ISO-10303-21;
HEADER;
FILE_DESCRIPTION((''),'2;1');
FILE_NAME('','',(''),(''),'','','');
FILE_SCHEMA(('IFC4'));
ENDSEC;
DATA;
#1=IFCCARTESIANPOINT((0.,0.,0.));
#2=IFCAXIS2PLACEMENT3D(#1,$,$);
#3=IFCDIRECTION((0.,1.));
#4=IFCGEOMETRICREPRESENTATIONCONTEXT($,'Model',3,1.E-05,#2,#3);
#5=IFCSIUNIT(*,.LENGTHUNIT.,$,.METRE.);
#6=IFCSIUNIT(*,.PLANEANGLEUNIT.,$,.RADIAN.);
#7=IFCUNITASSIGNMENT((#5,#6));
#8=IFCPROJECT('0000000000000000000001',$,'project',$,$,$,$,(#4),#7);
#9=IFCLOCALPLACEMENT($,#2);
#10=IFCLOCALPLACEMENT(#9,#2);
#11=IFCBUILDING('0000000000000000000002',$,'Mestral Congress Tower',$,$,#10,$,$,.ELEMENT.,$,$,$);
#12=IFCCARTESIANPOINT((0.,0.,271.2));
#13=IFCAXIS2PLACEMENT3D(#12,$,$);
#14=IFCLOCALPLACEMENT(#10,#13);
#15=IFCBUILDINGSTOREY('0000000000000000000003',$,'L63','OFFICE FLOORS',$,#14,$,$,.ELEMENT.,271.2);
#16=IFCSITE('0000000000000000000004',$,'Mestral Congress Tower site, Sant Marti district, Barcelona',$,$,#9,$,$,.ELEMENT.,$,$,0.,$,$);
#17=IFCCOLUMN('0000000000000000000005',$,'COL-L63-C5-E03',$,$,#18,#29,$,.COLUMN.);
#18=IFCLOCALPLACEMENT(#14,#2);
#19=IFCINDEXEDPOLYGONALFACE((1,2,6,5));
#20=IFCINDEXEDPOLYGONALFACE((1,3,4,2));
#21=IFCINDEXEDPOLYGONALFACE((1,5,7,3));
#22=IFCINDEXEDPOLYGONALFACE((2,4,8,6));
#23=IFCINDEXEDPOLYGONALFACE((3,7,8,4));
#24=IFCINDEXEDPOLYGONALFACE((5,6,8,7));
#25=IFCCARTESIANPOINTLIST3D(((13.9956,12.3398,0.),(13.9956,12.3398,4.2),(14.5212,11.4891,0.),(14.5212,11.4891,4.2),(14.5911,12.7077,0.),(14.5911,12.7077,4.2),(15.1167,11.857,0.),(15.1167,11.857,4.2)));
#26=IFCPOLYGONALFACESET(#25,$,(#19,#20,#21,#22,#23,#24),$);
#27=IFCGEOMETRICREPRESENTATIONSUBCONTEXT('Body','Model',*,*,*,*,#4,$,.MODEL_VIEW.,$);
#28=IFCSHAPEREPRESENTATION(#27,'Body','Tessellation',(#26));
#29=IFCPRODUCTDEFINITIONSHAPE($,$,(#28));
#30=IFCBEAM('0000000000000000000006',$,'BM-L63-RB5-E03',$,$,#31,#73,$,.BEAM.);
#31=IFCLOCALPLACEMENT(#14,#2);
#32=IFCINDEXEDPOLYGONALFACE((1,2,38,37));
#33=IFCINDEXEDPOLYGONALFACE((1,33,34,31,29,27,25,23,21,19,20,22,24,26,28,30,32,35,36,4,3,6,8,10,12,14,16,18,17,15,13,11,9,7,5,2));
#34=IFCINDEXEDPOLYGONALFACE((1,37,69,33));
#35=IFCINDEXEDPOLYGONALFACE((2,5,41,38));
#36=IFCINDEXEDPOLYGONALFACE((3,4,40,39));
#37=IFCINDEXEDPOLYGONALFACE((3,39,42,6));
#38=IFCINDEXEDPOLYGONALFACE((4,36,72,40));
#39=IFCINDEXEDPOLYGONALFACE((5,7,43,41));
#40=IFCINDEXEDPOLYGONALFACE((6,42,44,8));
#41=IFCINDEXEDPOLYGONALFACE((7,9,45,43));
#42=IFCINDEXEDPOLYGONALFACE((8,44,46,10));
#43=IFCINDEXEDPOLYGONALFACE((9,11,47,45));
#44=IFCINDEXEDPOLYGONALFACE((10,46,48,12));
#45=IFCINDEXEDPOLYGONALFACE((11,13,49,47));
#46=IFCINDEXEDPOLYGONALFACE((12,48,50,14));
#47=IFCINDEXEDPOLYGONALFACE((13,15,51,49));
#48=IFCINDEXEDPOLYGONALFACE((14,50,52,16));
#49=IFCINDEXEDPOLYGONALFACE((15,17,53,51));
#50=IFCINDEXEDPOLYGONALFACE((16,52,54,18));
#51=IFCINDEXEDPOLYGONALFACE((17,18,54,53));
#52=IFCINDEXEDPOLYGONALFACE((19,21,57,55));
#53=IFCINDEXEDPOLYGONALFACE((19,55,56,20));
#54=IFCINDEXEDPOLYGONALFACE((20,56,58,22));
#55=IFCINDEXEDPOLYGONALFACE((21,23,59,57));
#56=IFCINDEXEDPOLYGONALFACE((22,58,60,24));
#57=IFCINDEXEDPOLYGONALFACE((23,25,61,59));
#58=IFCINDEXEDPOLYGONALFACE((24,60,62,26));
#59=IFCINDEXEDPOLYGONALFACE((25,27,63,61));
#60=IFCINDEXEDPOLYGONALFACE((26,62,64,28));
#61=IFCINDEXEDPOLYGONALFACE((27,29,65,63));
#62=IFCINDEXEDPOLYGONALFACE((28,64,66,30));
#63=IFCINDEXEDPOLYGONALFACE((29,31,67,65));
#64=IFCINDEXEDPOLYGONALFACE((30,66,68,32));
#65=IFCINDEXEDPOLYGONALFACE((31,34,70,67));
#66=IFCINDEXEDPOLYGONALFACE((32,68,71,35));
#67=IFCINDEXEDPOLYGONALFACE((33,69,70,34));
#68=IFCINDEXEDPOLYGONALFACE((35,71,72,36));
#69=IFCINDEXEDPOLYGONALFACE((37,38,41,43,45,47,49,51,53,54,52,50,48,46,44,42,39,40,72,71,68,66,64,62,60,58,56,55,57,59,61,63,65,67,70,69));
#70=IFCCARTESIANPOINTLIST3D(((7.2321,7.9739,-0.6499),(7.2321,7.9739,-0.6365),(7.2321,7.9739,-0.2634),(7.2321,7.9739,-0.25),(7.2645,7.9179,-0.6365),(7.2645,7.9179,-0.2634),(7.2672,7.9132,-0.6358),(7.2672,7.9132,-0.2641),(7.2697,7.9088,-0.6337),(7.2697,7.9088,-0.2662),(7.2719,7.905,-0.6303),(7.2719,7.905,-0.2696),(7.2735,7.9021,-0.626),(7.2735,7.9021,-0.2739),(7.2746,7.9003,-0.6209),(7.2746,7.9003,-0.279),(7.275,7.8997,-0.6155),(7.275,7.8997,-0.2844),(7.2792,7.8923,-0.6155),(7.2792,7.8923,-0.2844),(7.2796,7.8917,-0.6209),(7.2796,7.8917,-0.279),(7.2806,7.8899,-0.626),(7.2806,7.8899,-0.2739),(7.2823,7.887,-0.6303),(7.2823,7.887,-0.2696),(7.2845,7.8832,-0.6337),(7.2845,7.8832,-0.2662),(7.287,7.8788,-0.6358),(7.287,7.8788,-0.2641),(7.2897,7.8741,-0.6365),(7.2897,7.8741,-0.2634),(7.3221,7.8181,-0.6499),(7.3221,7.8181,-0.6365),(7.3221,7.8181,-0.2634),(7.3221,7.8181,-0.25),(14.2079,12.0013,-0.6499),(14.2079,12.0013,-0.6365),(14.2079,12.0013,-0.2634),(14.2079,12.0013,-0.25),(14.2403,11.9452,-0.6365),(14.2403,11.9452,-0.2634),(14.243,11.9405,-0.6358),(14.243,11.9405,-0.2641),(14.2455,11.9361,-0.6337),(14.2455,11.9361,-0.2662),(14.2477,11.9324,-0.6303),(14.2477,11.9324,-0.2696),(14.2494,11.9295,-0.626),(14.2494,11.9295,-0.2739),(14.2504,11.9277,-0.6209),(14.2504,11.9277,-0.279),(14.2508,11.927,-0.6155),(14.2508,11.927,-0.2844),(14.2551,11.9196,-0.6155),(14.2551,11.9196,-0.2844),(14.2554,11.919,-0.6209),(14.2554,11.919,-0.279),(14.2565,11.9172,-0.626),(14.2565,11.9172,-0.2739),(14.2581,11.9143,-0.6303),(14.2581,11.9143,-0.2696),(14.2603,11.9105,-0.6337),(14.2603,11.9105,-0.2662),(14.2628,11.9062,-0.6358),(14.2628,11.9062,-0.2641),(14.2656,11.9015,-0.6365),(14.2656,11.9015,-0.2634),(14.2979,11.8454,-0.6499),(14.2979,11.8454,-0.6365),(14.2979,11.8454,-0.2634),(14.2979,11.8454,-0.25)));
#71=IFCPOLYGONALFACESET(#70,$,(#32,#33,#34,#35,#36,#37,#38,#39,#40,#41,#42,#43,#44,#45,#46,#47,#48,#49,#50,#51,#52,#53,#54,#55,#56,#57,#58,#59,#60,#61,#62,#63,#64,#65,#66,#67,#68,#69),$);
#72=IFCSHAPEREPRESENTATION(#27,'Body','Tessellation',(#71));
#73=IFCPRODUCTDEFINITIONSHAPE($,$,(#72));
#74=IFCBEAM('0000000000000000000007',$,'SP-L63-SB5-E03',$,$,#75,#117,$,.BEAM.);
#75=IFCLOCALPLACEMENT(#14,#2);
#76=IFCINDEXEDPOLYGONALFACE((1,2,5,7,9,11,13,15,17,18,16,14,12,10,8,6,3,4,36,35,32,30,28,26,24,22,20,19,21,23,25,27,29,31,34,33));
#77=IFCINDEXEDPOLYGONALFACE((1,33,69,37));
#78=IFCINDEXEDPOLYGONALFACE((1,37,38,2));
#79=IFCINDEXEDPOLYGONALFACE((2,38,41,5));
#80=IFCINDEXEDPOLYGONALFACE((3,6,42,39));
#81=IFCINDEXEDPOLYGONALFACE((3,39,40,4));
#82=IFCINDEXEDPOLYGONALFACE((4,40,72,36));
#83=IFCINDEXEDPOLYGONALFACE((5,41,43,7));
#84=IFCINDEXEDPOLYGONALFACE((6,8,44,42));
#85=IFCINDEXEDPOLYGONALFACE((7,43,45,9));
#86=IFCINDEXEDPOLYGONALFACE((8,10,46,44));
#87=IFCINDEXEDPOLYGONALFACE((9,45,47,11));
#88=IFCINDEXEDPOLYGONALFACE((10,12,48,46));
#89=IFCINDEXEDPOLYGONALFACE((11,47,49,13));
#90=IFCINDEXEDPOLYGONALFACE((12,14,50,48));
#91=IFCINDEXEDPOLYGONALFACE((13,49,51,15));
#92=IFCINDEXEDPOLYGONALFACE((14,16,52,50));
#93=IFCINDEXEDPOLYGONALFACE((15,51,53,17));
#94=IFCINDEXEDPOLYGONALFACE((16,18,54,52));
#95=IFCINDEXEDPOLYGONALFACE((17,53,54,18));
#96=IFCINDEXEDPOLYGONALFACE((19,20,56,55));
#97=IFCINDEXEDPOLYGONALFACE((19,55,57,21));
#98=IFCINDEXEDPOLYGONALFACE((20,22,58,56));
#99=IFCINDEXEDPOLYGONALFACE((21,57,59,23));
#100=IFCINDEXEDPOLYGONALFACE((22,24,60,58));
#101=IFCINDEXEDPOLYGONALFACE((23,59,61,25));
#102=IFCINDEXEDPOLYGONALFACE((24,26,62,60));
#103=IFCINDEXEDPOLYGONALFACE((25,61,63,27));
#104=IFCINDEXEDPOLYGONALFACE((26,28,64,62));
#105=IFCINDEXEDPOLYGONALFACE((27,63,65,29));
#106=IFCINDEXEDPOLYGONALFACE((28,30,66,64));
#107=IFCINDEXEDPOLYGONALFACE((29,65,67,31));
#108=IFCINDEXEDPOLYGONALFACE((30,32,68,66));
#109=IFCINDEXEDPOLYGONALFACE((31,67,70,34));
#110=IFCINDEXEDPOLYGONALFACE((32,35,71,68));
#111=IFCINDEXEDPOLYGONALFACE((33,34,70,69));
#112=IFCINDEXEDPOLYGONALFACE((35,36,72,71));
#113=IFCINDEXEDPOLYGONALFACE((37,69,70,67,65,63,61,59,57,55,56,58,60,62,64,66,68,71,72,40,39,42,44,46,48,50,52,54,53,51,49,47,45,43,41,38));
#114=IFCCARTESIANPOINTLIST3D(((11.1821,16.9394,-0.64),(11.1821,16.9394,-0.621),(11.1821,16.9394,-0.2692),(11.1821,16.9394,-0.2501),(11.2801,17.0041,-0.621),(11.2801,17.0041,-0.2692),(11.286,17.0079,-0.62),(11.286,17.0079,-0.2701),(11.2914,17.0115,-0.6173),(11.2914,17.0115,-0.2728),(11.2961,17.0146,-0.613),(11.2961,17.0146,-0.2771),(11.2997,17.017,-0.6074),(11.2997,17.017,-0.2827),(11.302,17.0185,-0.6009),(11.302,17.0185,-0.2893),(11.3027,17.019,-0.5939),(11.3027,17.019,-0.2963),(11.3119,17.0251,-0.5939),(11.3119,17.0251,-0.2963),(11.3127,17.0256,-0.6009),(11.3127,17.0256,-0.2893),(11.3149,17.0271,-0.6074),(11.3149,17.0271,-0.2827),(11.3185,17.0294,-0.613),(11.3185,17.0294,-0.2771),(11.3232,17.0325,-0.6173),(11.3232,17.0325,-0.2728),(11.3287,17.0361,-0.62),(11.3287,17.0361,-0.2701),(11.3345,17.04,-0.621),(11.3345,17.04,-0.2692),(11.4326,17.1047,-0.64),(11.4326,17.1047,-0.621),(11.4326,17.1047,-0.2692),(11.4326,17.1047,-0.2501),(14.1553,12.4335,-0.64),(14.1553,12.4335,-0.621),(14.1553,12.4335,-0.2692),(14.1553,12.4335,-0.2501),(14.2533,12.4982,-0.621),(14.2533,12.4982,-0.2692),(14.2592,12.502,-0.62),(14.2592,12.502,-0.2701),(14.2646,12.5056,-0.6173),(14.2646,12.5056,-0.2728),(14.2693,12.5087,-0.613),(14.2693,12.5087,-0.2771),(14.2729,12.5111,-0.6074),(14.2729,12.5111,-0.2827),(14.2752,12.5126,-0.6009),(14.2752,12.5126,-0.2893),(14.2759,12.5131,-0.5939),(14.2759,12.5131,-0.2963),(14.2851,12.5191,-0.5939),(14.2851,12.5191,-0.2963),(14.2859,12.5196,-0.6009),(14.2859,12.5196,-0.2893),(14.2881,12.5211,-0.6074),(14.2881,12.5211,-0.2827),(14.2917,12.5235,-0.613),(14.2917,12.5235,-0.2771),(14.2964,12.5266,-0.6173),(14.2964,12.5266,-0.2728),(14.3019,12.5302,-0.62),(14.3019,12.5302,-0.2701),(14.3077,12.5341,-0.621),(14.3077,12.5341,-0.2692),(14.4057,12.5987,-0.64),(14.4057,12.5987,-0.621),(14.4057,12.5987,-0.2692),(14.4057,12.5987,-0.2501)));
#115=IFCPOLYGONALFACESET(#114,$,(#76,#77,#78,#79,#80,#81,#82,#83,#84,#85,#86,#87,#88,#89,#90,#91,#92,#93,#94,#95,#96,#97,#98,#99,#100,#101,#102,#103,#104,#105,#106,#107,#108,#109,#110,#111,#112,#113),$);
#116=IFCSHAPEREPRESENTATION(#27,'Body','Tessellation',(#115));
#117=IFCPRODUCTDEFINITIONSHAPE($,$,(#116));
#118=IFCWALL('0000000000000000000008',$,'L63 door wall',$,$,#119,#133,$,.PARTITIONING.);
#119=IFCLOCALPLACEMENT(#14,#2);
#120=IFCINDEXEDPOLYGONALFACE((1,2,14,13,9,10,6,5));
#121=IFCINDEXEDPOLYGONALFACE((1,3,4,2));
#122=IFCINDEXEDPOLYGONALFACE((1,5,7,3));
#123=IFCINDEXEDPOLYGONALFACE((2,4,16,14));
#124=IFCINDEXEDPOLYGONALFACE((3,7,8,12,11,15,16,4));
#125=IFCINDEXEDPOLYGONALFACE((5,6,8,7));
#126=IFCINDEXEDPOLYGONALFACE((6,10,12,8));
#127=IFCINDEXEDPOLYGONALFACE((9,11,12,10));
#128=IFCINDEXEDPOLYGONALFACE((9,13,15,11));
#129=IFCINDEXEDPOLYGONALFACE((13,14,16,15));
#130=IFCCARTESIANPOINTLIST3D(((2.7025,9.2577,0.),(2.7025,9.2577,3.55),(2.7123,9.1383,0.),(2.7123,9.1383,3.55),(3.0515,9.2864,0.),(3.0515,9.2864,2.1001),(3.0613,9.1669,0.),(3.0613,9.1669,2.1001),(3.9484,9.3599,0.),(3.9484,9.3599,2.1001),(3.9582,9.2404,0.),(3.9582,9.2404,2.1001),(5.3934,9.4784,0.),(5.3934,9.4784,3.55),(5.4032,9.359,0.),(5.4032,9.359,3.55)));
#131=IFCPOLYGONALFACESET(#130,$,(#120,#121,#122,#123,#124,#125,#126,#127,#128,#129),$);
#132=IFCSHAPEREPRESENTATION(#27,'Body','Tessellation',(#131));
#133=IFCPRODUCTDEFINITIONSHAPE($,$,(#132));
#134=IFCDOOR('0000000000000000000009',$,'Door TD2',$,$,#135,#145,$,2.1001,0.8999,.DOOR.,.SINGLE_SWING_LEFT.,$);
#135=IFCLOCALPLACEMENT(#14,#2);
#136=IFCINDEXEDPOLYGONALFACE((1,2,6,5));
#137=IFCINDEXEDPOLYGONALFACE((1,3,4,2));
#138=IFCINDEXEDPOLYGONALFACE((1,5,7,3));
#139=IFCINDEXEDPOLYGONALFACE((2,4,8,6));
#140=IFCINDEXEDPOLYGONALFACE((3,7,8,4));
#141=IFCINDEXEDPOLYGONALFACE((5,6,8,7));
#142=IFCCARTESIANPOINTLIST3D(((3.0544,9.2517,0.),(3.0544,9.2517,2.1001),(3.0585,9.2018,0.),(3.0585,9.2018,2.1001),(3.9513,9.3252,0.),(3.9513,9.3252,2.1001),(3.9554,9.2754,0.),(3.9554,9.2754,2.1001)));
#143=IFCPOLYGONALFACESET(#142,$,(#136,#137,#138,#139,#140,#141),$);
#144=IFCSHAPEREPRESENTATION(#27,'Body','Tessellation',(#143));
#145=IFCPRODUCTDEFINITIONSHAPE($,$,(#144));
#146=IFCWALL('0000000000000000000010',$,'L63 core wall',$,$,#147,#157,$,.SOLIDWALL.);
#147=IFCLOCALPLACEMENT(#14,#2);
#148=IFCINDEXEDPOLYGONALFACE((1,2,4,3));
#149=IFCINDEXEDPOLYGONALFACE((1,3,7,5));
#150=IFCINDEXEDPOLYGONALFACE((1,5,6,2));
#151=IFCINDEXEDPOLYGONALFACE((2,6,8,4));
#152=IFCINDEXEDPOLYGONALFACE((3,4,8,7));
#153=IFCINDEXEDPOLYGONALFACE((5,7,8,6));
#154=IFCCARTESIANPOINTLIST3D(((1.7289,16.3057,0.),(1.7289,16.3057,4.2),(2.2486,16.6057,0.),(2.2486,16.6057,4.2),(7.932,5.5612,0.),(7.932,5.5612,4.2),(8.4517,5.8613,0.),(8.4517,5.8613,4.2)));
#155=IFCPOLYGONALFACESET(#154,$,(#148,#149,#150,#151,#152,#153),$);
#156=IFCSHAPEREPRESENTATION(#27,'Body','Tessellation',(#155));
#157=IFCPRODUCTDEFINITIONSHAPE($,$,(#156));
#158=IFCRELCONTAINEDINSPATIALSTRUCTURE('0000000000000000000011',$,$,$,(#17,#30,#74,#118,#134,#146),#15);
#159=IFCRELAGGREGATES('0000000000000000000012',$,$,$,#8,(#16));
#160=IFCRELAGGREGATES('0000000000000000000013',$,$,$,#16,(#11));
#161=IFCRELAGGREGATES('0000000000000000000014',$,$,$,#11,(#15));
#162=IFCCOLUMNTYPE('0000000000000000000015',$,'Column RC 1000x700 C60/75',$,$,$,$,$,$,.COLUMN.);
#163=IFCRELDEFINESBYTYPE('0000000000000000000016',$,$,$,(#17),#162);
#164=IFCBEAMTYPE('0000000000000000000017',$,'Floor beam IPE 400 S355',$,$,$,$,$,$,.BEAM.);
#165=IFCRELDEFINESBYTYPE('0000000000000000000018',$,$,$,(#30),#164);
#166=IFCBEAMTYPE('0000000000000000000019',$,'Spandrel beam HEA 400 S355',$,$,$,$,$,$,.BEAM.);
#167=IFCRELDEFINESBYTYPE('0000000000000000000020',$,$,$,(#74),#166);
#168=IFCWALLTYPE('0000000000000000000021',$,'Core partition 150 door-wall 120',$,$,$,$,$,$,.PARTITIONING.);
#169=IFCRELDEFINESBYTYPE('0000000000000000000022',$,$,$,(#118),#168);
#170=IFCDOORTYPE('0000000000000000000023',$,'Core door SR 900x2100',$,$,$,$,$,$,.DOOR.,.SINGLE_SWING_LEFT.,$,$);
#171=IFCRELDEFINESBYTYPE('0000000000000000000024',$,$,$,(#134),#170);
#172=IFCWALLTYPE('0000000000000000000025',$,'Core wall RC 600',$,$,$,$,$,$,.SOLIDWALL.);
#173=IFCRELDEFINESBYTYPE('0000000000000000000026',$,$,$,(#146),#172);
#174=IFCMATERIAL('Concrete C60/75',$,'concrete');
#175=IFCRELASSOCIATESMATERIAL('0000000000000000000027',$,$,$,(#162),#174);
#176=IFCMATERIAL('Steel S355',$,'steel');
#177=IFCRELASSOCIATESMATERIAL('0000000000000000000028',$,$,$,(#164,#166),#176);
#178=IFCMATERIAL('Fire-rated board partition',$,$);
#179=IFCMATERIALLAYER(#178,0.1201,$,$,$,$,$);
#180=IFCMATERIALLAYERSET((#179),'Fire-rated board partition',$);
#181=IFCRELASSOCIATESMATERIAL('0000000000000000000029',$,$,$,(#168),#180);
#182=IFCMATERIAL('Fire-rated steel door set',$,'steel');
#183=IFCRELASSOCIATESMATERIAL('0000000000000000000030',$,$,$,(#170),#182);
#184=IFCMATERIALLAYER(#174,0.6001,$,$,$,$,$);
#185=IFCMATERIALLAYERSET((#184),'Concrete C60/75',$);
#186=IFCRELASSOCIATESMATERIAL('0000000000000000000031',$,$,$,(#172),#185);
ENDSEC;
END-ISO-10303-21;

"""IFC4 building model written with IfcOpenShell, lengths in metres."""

from ifc_helpers import new_model, si_unit, direction, frame, frame_2d, origin, origin_2d, place, context, subcontext, project, spatial, rectangle, i_section, extrude, material, layer, layer_set, material_profile, profile_set, type_object, element, fill, save


model = new_model("IFC4")

# Units and contexts
model_context = context("Model", 3, precision=1e-05, world=origin(), true_north=direction((0.0, 1.0)))
body_context = subcontext(model_context, "Body", "Model", "MODEL_VIEW")
ifc_project = project(units=[si_unit("LENGTHUNIT", "METRE"), si_unit("PLANEANGLEUNIT", "RADIAN")], contexts=[model_context])

# Site, building, storey
site_placement = place(None, origin())
site = spatial("IfcSite", under=ifc_project, at=site_placement, Name="Mestral Congress Tower site, Sant Marti district, Barcelona", CompositionType="ELEMENT", RefElevation=0.0)
building_placement = place(site_placement, origin())
building = spatial("IfcBuilding", under=site, at=building_placement, Name="Mestral Congress Tower", CompositionType="ELEMENT")
storey_placement = place(building_placement, frame((0.0, 0.0, 271.2)))
storey = spatial("IfcBuildingStorey", under=building, at=storey_placement, Name="L63", Description="OFFICE FLOORS", CompositionType="ELEMENT", Elevation=271.2)

# Column
ifc_material_1 = material(Name="Concrete C60/75", Category="concrete")
ifc_material_profile_1 = material_profile(ifc_material_1, rectangle(XDim=1.0, YDim=0.7, at=origin_2d()), Name="RC 1000x700")
ifc_profile_set_1 = profile_set([ifc_material_profile_1], Name="Concrete C60/75")
column_type = type_object("IfcColumnType", Name="Column RC 1000x700 C60/75", PredefinedType="COLUMN", material=ifc_profile_set_1)
column_placement = place(storey_placement, frame((14.5562, 12.0984, 0.0), z_axis=(0.0, 0.0, 1.0), x_axis=(-0.52561, 0.850726, 0.0)))
element("IfcColumn", 1, at=column_placement, inside=storey, type_object=column_type, Name="COL-L63-C5-E03", PredefinedType="COLUMN", context=body_context, shape_type="SweptSolid", body=[
    extrude(rectangle(XDim=1.0, YDim=0.7, at=origin_2d()), origin(), (0.0, 0.0, 1.0), 4.2),
])

# Beams
ifc_material_2 = material(Name="Steel S355", Category="steel")
ifc_material_profile_2 = material_profile(ifc_material_2, i_section(OverallWidth=0.1799, OverallDepth=0.3999, WebThickness=0.0085, FlangeThickness=0.0134, FilletRadius=0.021, at=origin_2d()), Name="IPE 400")
ifc_profile_set_2 = profile_set([ifc_material_profile_2], Name="Steel S355")
beam_type_1 = type_object("IfcBeamType", Name="Floor beam IPE 400 S355", PredefinedType="BEAM", material=ifc_profile_set_2)
beam_1_placement = place(storey_placement, frame((14.2529, 11.9233, -0.45), z_axis=(-0.866034, -0.499986, 0.0), x_axis=(0.499986, -0.866034, 0.0)))
element("IfcBeam", 2, at=beam_1_placement, inside=storey, type_object=beam_type_1, Name="BM-L63-RB5-E03", PredefinedType="BEAM", context=body_context, shape_type="SweptSolid", body=[
    extrude(i_section(OverallWidth=0.1799, OverallDepth=0.3999, WebThickness=0.0085, FlangeThickness=0.0134, FilletRadius=0.021, at=origin_2d()), origin(), (0.0, 0.0, 1.0), 8.0549),
])
ifc_material_profile_3 = material_profile(ifc_material_2, i_section(OverallWidth=0.3, OverallDepth=0.3899, WebThickness=0.011, FlangeThickness=0.019, FilletRadius=0.0271, at=origin_2d()), Name="HEA 400")
ifc_profile_set_3 = profile_set([ifc_material_profile_3], Name="Steel S355")
beam_type_2 = type_object("IfcBeamType", Name="Spandrel beam HEA 400 S355", PredefinedType="BEAM", material=ifc_profile_set_3)
beam_2_placement = place(storey_placement, frame((14.2805, 12.5161, -0.4451), z_axis=(-0.550749, 0.834671, 0.0), x_axis=(-0.834671, -0.550749, 0.0)))
element("IfcBeam", 3, at=beam_2_placement, inside=storey, type_object=beam_type_2, Name="SP-L63-SB5-E03", PredefinedType="BEAM", context=body_context, shape_type="SweptSolid", body=[
    extrude(i_section(OverallWidth=0.3, OverallDepth=0.3899, WebThickness=0.011, FlangeThickness=0.019, FilletRadius=0.0271, at=origin_2d()), origin(), (0.0, 0.0, 1.0), 5.3984),
])

# Wall, opening, door
ifc_material_3 = material(Name="Fire-rated board partition")
ifc_layer_1 = layer(ifc_material_3, 0.1201)
ifc_layer_set_1 = layer_set([ifc_layer_1], Name="Fire-rated board partition")
wall_type_1 = type_object("IfcWallType", Name="Core partition 150 door-wall 120", PredefinedType="PARTITIONING", material=ifc_layer_set_1)
wall_1_placement = place(storey_placement, frame((5.3984, 9.4187, 0.0), z_axis=(0.0, 0.0, 1.0), x_axis=(-0.996653, -0.081743, 0.0)))
wall_1 = element("IfcWall", 4, at=wall_1_placement, inside=storey, type_object=wall_type_1, Name="L63 door wall", PredefinedType="PARTITIONING", context=body_context, shape_type="SweptSolid", body=[
    extrude(rectangle(XDim=2.7, YDim=0.1199, at=frame_2d((1.3501, 0.0))), origin(), (0.0, 0.0, 1.0), 3.55),
])
opening_1_placement = place(wall_1_placement, frame((1.45, 0.0, 0.0)))
opening_1 = element("IfcOpeningElement", 5, at=opening_1_placement, cuts=wall_1, PredefinedType="OPENING", context=body_context, shape_type="SweptSolid", body=[
    extrude(rectangle(XDim=0.8999, YDim=2.1001, at=frame_2d((0.45, 1.05))), frame((0.0, 0.0698, 0.0), z_axis=(0.0, -1.0, 0.0), x_axis=(1.0, 0.0, 0.0)), (0.0, 0.0, 1.0), 0.1399),
])
ifc_material_4 = material(Name="Fire-rated steel door set", Category="steel")
door_type_1 = type_object("IfcDoorType", Name="Core door SR 900x2100", OperationType="SINGLE_SWING_LEFT", PredefinedType="DOOR", material=ifc_material_4)
door_1_placement = place(opening_1_placement, origin())
door_1 = element("IfcDoor", 6, at=door_1_placement, inside=storey, type_object=door_type_1, Name="Door TD2", OperationType="SINGLE_SWING_LEFT", OverallHeight=2.1001, OverallWidth=0.8999, PredefinedType="DOOR", context=body_context, shape_type="SweptSolid", body=[
    extrude(rectangle(XDim=0.8999, YDim=2.1001, at=frame_2d((0.45, 1.05))), frame((0.0, 0.0249, 0.0), z_axis=(0.0, -1.0, 0.0), x_axis=(1.0, 0.0, 0.0)), (0.0, 0.0, 1.0), 0.05),
])
fill(opening_1, door_1)

# Wall
ifc_layer_2 = layer(ifc_material_1, 0.6001)
ifc_layer_set_2 = layer_set([ifc_layer_2], Name="Concrete C60/75")
wall_type_2 = type_object("IfcWallType", Name="Core wall RC 600", PredefinedType="SOLIDWALL", material=ifc_layer_set_2)
wall_2_placement = place(storey_placement, frame((1.9888, 16.4556, 0.0), z_axis=(0.0, 0.0, 1.0), x_axis=(0.499991, -0.866031, 0.0)))
element("IfcWall", 7, at=wall_2_placement, inside=storey, type_object=wall_type_2, Name="L63 core wall", PredefinedType="SOLIDWALL", context=body_context, shape_type="SweptSolid", body=[
    extrude(rectangle(XDim=12.4065, YDim=0.6001, at=frame_2d((6.2031, 0.0))), origin(), (0.0, 0.0, 1.0), 4.2),
])

save(model, "model.ifc")
